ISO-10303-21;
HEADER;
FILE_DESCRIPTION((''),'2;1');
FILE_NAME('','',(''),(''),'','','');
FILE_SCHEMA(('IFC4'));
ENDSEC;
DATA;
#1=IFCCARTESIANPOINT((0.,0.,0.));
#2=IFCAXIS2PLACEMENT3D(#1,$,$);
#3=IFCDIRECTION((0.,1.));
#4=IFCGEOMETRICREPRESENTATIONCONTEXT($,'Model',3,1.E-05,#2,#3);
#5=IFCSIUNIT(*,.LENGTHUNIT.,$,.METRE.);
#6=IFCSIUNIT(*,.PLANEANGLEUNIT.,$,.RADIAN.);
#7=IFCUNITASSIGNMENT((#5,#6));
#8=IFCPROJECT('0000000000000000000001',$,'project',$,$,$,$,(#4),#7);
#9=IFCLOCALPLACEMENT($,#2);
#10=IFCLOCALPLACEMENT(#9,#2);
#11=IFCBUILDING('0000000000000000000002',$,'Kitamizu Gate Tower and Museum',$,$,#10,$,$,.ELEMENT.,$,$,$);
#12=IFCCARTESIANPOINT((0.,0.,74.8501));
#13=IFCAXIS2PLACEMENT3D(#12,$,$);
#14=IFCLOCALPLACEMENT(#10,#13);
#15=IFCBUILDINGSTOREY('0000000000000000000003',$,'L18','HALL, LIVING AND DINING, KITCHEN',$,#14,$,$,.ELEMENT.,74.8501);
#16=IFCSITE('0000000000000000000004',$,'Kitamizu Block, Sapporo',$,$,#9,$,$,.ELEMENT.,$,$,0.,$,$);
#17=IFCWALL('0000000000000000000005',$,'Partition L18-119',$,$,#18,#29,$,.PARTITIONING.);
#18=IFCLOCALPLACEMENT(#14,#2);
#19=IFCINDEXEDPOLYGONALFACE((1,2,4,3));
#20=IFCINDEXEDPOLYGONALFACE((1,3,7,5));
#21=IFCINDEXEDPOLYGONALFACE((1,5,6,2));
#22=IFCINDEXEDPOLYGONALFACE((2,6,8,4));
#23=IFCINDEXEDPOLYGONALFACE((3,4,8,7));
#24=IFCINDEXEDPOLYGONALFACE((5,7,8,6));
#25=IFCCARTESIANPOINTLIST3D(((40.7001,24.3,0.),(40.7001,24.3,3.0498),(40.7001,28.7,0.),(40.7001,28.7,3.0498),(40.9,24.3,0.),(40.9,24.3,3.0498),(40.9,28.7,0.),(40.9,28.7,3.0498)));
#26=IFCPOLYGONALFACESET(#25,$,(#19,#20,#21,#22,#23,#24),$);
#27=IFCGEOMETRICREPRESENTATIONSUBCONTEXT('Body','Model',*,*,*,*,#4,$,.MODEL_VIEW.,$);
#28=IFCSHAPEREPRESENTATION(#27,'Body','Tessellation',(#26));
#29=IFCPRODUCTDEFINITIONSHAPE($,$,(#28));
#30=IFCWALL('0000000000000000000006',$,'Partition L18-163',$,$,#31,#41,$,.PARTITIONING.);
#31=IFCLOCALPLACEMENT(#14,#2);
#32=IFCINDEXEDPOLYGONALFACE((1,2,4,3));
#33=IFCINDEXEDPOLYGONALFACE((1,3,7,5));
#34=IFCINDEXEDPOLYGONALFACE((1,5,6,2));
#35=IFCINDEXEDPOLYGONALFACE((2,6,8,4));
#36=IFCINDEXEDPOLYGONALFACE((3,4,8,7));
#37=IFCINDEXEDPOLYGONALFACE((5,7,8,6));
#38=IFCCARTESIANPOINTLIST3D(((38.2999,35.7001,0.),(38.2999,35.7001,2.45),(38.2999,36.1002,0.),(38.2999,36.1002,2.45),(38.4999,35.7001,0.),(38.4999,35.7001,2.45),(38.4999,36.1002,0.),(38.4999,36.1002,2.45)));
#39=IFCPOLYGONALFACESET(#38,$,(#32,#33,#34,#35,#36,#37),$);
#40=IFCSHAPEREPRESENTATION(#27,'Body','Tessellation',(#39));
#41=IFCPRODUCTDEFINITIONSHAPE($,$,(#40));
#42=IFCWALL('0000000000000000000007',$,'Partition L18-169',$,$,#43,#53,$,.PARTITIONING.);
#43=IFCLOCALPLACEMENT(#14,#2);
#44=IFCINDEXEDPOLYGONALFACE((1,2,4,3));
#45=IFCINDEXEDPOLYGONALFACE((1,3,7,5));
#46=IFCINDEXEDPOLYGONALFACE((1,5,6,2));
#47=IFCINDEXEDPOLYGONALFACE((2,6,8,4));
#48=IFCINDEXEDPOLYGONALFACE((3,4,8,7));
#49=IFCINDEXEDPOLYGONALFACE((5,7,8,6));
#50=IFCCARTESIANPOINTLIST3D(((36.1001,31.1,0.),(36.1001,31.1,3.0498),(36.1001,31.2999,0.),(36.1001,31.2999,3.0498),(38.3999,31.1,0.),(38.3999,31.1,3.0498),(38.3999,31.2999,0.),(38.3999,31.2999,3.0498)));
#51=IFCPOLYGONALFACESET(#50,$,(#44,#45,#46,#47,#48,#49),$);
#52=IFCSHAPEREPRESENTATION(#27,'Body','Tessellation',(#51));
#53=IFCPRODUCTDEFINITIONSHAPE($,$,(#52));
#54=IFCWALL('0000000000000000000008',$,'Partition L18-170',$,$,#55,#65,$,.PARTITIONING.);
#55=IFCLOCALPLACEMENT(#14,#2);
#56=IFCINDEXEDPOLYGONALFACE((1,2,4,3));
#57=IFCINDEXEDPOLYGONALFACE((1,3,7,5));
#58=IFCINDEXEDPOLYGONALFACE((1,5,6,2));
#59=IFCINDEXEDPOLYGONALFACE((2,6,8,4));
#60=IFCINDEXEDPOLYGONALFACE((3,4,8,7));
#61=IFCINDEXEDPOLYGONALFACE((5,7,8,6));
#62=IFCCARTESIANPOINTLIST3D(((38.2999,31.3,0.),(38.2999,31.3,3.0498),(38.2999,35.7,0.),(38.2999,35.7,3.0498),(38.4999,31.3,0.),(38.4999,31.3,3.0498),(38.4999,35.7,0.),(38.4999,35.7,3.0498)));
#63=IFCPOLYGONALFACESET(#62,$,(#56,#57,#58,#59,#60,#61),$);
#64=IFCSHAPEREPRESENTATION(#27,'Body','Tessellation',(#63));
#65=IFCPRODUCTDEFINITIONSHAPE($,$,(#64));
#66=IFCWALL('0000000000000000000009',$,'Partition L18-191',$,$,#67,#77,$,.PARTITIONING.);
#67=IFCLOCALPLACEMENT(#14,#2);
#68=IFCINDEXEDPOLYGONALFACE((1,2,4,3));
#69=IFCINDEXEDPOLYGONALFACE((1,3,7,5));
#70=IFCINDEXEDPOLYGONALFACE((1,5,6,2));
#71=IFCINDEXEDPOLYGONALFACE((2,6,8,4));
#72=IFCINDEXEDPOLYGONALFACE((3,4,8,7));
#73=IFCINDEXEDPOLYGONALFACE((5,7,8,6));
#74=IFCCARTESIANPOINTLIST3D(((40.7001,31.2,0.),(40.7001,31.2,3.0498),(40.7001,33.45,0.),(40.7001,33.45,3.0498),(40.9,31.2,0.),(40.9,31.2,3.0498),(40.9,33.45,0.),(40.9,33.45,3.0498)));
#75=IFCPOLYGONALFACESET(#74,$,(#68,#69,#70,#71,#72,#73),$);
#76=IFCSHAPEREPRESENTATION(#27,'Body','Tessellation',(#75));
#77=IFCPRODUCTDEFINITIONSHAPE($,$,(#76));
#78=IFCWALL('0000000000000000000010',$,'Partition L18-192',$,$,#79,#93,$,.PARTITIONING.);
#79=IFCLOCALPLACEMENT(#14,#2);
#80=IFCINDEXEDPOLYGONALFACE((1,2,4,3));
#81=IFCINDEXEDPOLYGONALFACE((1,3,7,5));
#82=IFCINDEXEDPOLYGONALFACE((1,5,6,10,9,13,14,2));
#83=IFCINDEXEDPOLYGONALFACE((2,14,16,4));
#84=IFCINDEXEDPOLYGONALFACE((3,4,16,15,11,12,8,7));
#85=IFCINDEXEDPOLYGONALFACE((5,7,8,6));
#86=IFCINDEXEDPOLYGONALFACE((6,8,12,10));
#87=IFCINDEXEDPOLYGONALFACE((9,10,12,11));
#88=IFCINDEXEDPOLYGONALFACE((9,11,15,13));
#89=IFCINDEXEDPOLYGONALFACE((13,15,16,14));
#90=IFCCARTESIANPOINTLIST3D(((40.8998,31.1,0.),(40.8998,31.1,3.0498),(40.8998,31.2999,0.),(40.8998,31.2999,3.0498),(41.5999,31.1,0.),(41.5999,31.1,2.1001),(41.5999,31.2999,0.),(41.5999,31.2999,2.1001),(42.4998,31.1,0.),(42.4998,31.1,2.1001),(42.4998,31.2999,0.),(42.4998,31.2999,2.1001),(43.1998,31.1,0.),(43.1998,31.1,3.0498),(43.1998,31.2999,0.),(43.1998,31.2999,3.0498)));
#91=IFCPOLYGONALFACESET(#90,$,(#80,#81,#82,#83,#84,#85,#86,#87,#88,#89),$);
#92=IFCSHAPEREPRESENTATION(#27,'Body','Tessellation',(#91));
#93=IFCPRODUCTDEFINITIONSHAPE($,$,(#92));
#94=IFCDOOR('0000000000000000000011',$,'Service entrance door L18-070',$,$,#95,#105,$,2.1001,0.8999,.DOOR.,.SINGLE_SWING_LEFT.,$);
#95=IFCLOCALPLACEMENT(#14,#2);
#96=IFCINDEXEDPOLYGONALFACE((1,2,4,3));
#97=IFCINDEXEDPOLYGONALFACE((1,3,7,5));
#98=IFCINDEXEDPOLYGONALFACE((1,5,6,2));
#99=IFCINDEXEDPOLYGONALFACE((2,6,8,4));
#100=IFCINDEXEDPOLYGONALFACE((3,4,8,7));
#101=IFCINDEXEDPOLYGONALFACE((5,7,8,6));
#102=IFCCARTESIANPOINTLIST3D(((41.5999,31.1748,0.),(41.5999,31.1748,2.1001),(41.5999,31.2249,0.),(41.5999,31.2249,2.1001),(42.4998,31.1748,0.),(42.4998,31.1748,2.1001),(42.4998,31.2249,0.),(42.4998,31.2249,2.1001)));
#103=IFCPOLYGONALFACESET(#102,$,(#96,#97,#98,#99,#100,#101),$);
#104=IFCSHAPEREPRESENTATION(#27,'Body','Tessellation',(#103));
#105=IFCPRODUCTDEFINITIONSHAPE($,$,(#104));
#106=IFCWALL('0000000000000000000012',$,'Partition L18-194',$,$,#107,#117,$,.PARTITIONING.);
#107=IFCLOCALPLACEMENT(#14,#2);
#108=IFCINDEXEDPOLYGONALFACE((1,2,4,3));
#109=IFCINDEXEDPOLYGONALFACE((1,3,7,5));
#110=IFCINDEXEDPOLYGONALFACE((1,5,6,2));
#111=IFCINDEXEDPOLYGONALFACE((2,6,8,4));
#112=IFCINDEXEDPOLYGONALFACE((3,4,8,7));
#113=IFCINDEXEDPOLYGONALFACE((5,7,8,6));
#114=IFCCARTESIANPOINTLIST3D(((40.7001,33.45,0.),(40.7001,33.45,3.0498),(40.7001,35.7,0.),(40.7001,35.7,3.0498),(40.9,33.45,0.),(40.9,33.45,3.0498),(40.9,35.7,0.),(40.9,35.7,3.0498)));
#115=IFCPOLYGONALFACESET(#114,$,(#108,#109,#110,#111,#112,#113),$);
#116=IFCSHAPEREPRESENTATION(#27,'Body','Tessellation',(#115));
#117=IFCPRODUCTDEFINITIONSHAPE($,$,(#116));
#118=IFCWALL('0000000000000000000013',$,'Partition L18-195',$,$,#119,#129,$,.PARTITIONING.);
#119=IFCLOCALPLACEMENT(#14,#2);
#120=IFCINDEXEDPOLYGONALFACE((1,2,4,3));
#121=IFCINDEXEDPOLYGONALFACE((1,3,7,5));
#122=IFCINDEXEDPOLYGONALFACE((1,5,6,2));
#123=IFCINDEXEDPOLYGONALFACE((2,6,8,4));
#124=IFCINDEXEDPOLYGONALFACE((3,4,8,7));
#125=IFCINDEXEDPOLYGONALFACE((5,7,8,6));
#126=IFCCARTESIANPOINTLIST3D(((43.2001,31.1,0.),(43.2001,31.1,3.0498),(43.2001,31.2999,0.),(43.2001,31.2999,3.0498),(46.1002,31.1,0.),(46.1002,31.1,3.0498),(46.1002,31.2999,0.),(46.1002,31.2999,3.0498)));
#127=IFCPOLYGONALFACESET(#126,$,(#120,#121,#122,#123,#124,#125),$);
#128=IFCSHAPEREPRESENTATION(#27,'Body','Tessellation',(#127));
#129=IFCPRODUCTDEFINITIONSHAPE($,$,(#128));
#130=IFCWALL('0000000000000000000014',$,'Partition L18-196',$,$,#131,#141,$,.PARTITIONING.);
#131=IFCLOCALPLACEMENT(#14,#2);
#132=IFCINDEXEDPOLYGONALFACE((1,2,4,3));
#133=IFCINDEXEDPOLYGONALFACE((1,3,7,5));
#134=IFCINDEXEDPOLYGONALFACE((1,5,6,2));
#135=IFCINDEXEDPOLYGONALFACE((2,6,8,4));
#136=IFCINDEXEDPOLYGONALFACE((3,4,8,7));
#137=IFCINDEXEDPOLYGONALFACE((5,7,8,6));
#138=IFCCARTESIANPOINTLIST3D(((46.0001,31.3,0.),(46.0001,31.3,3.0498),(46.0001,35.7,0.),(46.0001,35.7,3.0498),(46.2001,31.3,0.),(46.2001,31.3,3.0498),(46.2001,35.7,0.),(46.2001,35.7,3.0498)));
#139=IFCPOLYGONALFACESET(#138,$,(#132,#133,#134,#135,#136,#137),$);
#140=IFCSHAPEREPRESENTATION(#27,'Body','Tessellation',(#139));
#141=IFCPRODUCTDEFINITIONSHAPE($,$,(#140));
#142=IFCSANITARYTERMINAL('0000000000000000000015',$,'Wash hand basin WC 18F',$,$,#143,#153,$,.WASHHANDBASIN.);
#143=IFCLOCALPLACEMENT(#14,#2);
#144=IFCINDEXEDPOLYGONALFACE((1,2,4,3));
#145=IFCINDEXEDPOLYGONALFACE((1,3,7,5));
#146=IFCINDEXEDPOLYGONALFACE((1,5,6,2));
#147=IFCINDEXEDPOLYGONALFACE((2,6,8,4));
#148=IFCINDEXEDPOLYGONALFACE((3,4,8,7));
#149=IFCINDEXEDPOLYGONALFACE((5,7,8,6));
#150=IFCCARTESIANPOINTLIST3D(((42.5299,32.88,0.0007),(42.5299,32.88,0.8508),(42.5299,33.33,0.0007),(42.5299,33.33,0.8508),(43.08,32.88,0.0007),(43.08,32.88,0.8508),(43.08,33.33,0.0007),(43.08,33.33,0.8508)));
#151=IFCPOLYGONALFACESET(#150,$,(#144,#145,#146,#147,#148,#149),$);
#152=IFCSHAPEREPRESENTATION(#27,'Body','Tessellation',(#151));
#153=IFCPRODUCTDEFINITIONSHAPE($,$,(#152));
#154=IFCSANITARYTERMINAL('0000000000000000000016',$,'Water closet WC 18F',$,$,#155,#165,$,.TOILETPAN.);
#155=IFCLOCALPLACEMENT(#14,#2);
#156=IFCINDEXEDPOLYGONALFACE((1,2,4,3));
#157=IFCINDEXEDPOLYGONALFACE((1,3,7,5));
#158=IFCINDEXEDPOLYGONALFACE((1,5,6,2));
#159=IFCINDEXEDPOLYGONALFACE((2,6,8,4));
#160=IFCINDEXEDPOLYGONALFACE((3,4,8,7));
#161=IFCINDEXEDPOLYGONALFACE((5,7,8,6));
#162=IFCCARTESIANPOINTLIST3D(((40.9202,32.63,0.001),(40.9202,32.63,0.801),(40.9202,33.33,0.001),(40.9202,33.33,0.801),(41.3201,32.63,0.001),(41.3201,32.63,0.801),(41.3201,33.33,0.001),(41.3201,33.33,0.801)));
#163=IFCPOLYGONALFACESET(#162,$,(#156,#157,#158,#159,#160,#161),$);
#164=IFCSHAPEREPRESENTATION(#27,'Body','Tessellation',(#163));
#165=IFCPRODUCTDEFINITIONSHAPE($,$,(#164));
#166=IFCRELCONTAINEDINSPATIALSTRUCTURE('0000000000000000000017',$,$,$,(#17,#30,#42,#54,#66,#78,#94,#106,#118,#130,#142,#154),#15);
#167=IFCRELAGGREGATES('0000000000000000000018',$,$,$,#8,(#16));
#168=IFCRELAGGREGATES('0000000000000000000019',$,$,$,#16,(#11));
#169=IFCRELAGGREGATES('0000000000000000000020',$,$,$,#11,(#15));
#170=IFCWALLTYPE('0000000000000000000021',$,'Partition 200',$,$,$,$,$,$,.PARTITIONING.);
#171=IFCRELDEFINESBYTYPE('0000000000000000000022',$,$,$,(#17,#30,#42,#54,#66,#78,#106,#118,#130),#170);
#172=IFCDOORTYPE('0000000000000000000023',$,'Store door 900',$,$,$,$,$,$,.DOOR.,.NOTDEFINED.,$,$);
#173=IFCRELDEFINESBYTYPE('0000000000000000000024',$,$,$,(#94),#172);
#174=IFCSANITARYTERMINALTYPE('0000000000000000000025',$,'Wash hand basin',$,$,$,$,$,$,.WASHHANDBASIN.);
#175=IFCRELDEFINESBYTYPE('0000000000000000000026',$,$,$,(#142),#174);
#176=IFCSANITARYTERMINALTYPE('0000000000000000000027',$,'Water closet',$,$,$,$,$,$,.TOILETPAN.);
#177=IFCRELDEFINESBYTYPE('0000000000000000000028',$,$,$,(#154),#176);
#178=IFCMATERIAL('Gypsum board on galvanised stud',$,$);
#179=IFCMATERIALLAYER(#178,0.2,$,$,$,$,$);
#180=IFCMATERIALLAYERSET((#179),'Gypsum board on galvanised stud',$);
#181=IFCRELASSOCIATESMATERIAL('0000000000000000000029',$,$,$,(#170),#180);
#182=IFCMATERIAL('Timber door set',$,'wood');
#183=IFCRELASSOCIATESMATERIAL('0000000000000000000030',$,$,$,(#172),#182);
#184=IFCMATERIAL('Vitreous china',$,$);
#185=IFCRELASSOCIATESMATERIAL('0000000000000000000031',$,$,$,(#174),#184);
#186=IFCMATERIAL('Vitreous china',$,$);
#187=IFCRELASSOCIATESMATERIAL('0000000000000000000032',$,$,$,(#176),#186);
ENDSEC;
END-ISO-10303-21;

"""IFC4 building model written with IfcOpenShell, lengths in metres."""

from ifc_helpers import new_model, si_unit, direction, frame, frame_2d, origin, origin_2d, place, context, subcontext, project, spatial, rectangle, extrude, material, layer, layer_set, type_object, element, fill, save


model = new_model("IFC4")

# Units and contexts
model_context = context("Model", 3, precision=1e-05, world=origin(), true_north=direction((0.0, 1.0)))
body_context = subcontext(model_context, "Body", "Model", "MODEL_VIEW")
ifc_project = project(units=[si_unit("LENGTHUNIT", "METRE"), si_unit("PLANEANGLEUNIT", "RADIAN")], contexts=[model_context])

# Site, building, storey
site_placement = place(None, origin())
site = spatial("IfcSite", under=ifc_project, at=site_placement, Name="Kitamizu Block, Sapporo", CompositionType="ELEMENT", RefElevation=0.0)
building_placement = place(site_placement, origin())
building = spatial("IfcBuilding", under=site, at=building_placement, Name="Kitamizu Gate Tower and Museum", CompositionType="ELEMENT")
storey_placement = place(building_placement, frame((0.0, 0.0, 74.8501)))
storey = spatial("IfcBuildingStorey", under=building, at=storey_placement, Name="L18", Description="HALL, LIVING AND DINING, KITCHEN", CompositionType="ELEMENT", Elevation=74.8501)

# Walls
ifc_material_1 = material(Name="Gypsum board on galvanised stud")
ifc_layer_1 = layer(ifc_material_1, 0.2)
ifc_layer_set_1 = layer_set([ifc_layer_1], Name="Gypsum board on galvanised stud")
wall_type_1 = type_object("IfcWallType", Name="Partition 200", PredefinedType="PARTITIONING", material=ifc_layer_set_1)
wall_1_placement = place(storey_placement, frame((40.8, 28.7, 0.0), z_axis=(0.0, 0.0, 1.0), x_axis=(0.0, -1.0, 0.0)))
element("IfcWall", 1, at=wall_1_placement, inside=storey, type_object=wall_type_1, Name="Partition L18-119", PredefinedType="PARTITIONING", context=body_context, shape_type="SweptSolid", body=[
    extrude(rectangle(XDim=4.3999, YDim=0.2, at=frame_2d((2.2, 0.0))), origin(), (0.0, 0.0, 1.0), 3.0498),
])
wall_2_placement = place(storey_placement, frame((38.3999, 35.7, 0.0), z_axis=(0.0, 0.0, 1.0), x_axis=(0.0, 1.0, 0.0)))
element("IfcWall", 2, at=wall_2_placement, inside=storey, type_object=wall_type_1, Name="Partition L18-163", PredefinedType="PARTITIONING", context=body_context, shape_type="SweptSolid", body=[
    extrude(rectangle(XDim=0.4001, YDim=0.2, at=frame_2d((0.2002, 0.0))), origin(), (0.0, 0.0, 1.0), 2.45),
])
wall_3_placement = place(storey_placement, frame((36.1001, 31.2, 0.0), z_axis=(0.0, 0.0, 1.0), x_axis=(1.0, 0.0, 0.0)))
element("IfcWall", 3, at=wall_3_placement, inside=storey, type_object=wall_type_1, Name="Partition L18-169", PredefinedType="PARTITIONING", context=body_context, shape_type="SweptSolid", body=[
    extrude(rectangle(XDim=2.2998, YDim=0.2, at=frame_2d((1.1499, 0.0))), origin(), (0.0, 0.0, 1.0), 3.0498),
])
wall_4_placement = place(storey_placement, frame((38.3999, 31.3, 0.0), z_axis=(0.0, 0.0, 1.0), x_axis=(0.0, 1.0, 0.0)))
element("IfcWall", 4, at=wall_4_placement, inside=storey, type_object=wall_type_1, Name="Partition L18-170", PredefinedType="PARTITIONING", context=body_context, shape_type="SweptSolid", body=[
    extrude(rectangle(XDim=4.3999, YDim=0.2, at=frame_2d((2.2, 0.0))), origin(), (0.0, 0.0, 1.0), 3.0498),
])
wall_5_placement = place(storey_placement, frame((40.8, 33.45, 0.0), z_axis=(0.0, 0.0, 1.0), x_axis=(0.0, -1.0, 0.0)))
element("IfcWall", 5, at=wall_5_placement, inside=storey, type_object=wall_type_1, Name="Partition L18-191", PredefinedType="PARTITIONING", context=body_context, shape_type="SweptSolid", body=[
    extrude(rectangle(XDim=2.25, YDim=0.2, at=frame_2d((1.125, 0.0))), origin(), (0.0, 0.0, 1.0), 3.0498),
])

# Wall, opening, door
wall_6_placement = place(storey_placement, frame((40.8999, 31.2, 0.0), z_axis=(0.0, 0.0, 1.0), x_axis=(1.0, 0.0, 0.0)))
wall_6 = element("IfcWall", 6, at=wall_6_placement, inside=storey, type_object=wall_type_1, Name="Partition L18-192", PredefinedType="PARTITIONING", context=body_context, shape_type="SweptSolid", body=[
    extrude(rectangle(XDim=2.3, YDim=0.2, at=frame_2d((1.1499, 0.0))), origin(), (0.0, 0.0, 1.0), 3.0498),
])
opening_1_placement = place(wall_6_placement, frame((0.7, 0.0, 0.0)))
opening_1 = element("IfcOpeningElement", 7, at=opening_1_placement, cuts=wall_6, PredefinedType="OPENING", context=body_context, shape_type="SweptSolid", body=[
    extrude(rectangle(XDim=0.8999, YDim=2.1001, at=frame_2d((0.45, 1.05))), frame((0.0, 0.1099, 0.0), z_axis=(0.0, -1.0, 0.0), x_axis=(1.0, 0.0, 0.0)), (0.0, 0.0, 1.0), 0.22),
])
ifc_material_2 = material(Name="Timber door set", Category="wood")
door_type_1 = type_object("IfcDoorType", Name="Store door 900", OperationType="NOTDEFINED", PredefinedType="DOOR", material=ifc_material_2)
door_1_placement = place(opening_1_placement, origin())
door_1 = element("IfcDoor", 8, at=door_1_placement, inside=storey, type_object=door_type_1, Name="Service entrance door L18-070", OperationType="SINGLE_SWING_LEFT", OverallHeight=2.1001, OverallWidth=0.8999, PredefinedType="DOOR", context=body_context, shape_type="SweptSolid", body=[
    extrude(rectangle(XDim=0.8999, YDim=2.1001, at=frame_2d((0.45, 1.05))), frame((0.0, 0.0249, 0.0), z_axis=(0.0, -1.0, 0.0), x_axis=(1.0, 0.0, 0.0)), (0.0, 0.0, 1.0), 0.05),
])
fill(opening_1, door_1)

# Walls
wall_7_placement = place(storey_placement, frame((40.8, 35.7, 0.0), z_axis=(0.0, 0.0, 1.0), x_axis=(0.0, -1.0, 0.0)))
element("IfcWall", 9, at=wall_7_placement, inside=storey, type_object=wall_type_1, Name="Partition L18-194", PredefinedType="PARTITIONING", context=body_context, shape_type="SweptSolid", body=[
    extrude(rectangle(XDim=2.25, YDim=0.2, at=frame_2d((1.125, 0.0))), origin(), (0.0, 0.0, 1.0), 3.0498),
])
wall_8_placement = place(storey_placement, frame((43.2, 31.2, 0.0), z_axis=(0.0, 0.0, 1.0), x_axis=(1.0, 0.0, 0.0)))
element("IfcWall", 10, at=wall_8_placement, inside=storey, type_object=wall_type_1, Name="Partition L18-195", PredefinedType="PARTITIONING", context=body_context, shape_type="SweptSolid", body=[
    extrude(rectangle(XDim=2.9001, YDim=0.2, at=frame_2d((1.4502, 0.0))), origin(), (0.0, 0.0, 1.0), 3.0498),
])
wall_9_placement = place(storey_placement, frame((46.1001, 31.3, 0.0), z_axis=(0.0, 0.0, 1.0), x_axis=(0.0, 1.0, 0.0)))
element("IfcWall", 11, at=wall_9_placement, inside=storey, type_object=wall_type_1, Name="Partition L18-196", PredefinedType="PARTITIONING", context=body_context, shape_type="SweptSolid", body=[
    extrude(rectangle(XDim=4.3999, YDim=0.2, at=frame_2d((2.2, 0.0))), origin(), (0.0, 0.0, 1.0), 3.0498),
])

# Sanitary terminals
ifc_material_3 = material(Name="Vitreous china")
sanitary_terminal_type_1 = type_object("IfcSanitaryTerminalType", Name="Wash hand basin", PredefinedType="WASHHANDBASIN", material=ifc_material_3)
sanitary_terminal_1_placement = place(storey_placement, frame((42.8049, 33.105, 0.0007), z_axis=(0.0, 0.0, 1.0), x_axis=(1.0, 0.0, 0.0)))
element("IfcSanitaryTerminal", 12, at=sanitary_terminal_1_placement, inside=storey, type_object=sanitary_terminal_type_1, Name="Wash hand basin WC 18F", PredefinedType="WASHHANDBASIN", context=body_context, shape_type="SweptSolid", body=[
    extrude(rectangle(XDim=0.55, YDim=0.45, at=origin_2d()), origin(), (0.0, 0.0, 1.0), 0.8501),
])
ifc_material_4 = material(Name="Vitreous china")
sanitary_terminal_type_2 = type_object("IfcSanitaryTerminalType", Name="Water closet", PredefinedType="TOILETPAN", material=ifc_material_4)
sanitary_terminal_2_placement = place(storey_placement, frame((41.1201, 32.98, 0.001), z_axis=(0.0, 0.0, 1.0), x_axis=(1.0, 0.0, 0.0)))
element("IfcSanitaryTerminal", 13, at=sanitary_terminal_2_placement, inside=storey, type_object=sanitary_terminal_type_2, Name="Water closet WC 18F", PredefinedType="TOILETPAN", context=body_context, shape_type="SweptSolid", body=[
    extrude(rectangle(XDim=0.3999, YDim=0.7, at=origin_2d()), origin(), (0.0, 0.0, 1.0), 0.8),
])

save(model, "model.ifc")
